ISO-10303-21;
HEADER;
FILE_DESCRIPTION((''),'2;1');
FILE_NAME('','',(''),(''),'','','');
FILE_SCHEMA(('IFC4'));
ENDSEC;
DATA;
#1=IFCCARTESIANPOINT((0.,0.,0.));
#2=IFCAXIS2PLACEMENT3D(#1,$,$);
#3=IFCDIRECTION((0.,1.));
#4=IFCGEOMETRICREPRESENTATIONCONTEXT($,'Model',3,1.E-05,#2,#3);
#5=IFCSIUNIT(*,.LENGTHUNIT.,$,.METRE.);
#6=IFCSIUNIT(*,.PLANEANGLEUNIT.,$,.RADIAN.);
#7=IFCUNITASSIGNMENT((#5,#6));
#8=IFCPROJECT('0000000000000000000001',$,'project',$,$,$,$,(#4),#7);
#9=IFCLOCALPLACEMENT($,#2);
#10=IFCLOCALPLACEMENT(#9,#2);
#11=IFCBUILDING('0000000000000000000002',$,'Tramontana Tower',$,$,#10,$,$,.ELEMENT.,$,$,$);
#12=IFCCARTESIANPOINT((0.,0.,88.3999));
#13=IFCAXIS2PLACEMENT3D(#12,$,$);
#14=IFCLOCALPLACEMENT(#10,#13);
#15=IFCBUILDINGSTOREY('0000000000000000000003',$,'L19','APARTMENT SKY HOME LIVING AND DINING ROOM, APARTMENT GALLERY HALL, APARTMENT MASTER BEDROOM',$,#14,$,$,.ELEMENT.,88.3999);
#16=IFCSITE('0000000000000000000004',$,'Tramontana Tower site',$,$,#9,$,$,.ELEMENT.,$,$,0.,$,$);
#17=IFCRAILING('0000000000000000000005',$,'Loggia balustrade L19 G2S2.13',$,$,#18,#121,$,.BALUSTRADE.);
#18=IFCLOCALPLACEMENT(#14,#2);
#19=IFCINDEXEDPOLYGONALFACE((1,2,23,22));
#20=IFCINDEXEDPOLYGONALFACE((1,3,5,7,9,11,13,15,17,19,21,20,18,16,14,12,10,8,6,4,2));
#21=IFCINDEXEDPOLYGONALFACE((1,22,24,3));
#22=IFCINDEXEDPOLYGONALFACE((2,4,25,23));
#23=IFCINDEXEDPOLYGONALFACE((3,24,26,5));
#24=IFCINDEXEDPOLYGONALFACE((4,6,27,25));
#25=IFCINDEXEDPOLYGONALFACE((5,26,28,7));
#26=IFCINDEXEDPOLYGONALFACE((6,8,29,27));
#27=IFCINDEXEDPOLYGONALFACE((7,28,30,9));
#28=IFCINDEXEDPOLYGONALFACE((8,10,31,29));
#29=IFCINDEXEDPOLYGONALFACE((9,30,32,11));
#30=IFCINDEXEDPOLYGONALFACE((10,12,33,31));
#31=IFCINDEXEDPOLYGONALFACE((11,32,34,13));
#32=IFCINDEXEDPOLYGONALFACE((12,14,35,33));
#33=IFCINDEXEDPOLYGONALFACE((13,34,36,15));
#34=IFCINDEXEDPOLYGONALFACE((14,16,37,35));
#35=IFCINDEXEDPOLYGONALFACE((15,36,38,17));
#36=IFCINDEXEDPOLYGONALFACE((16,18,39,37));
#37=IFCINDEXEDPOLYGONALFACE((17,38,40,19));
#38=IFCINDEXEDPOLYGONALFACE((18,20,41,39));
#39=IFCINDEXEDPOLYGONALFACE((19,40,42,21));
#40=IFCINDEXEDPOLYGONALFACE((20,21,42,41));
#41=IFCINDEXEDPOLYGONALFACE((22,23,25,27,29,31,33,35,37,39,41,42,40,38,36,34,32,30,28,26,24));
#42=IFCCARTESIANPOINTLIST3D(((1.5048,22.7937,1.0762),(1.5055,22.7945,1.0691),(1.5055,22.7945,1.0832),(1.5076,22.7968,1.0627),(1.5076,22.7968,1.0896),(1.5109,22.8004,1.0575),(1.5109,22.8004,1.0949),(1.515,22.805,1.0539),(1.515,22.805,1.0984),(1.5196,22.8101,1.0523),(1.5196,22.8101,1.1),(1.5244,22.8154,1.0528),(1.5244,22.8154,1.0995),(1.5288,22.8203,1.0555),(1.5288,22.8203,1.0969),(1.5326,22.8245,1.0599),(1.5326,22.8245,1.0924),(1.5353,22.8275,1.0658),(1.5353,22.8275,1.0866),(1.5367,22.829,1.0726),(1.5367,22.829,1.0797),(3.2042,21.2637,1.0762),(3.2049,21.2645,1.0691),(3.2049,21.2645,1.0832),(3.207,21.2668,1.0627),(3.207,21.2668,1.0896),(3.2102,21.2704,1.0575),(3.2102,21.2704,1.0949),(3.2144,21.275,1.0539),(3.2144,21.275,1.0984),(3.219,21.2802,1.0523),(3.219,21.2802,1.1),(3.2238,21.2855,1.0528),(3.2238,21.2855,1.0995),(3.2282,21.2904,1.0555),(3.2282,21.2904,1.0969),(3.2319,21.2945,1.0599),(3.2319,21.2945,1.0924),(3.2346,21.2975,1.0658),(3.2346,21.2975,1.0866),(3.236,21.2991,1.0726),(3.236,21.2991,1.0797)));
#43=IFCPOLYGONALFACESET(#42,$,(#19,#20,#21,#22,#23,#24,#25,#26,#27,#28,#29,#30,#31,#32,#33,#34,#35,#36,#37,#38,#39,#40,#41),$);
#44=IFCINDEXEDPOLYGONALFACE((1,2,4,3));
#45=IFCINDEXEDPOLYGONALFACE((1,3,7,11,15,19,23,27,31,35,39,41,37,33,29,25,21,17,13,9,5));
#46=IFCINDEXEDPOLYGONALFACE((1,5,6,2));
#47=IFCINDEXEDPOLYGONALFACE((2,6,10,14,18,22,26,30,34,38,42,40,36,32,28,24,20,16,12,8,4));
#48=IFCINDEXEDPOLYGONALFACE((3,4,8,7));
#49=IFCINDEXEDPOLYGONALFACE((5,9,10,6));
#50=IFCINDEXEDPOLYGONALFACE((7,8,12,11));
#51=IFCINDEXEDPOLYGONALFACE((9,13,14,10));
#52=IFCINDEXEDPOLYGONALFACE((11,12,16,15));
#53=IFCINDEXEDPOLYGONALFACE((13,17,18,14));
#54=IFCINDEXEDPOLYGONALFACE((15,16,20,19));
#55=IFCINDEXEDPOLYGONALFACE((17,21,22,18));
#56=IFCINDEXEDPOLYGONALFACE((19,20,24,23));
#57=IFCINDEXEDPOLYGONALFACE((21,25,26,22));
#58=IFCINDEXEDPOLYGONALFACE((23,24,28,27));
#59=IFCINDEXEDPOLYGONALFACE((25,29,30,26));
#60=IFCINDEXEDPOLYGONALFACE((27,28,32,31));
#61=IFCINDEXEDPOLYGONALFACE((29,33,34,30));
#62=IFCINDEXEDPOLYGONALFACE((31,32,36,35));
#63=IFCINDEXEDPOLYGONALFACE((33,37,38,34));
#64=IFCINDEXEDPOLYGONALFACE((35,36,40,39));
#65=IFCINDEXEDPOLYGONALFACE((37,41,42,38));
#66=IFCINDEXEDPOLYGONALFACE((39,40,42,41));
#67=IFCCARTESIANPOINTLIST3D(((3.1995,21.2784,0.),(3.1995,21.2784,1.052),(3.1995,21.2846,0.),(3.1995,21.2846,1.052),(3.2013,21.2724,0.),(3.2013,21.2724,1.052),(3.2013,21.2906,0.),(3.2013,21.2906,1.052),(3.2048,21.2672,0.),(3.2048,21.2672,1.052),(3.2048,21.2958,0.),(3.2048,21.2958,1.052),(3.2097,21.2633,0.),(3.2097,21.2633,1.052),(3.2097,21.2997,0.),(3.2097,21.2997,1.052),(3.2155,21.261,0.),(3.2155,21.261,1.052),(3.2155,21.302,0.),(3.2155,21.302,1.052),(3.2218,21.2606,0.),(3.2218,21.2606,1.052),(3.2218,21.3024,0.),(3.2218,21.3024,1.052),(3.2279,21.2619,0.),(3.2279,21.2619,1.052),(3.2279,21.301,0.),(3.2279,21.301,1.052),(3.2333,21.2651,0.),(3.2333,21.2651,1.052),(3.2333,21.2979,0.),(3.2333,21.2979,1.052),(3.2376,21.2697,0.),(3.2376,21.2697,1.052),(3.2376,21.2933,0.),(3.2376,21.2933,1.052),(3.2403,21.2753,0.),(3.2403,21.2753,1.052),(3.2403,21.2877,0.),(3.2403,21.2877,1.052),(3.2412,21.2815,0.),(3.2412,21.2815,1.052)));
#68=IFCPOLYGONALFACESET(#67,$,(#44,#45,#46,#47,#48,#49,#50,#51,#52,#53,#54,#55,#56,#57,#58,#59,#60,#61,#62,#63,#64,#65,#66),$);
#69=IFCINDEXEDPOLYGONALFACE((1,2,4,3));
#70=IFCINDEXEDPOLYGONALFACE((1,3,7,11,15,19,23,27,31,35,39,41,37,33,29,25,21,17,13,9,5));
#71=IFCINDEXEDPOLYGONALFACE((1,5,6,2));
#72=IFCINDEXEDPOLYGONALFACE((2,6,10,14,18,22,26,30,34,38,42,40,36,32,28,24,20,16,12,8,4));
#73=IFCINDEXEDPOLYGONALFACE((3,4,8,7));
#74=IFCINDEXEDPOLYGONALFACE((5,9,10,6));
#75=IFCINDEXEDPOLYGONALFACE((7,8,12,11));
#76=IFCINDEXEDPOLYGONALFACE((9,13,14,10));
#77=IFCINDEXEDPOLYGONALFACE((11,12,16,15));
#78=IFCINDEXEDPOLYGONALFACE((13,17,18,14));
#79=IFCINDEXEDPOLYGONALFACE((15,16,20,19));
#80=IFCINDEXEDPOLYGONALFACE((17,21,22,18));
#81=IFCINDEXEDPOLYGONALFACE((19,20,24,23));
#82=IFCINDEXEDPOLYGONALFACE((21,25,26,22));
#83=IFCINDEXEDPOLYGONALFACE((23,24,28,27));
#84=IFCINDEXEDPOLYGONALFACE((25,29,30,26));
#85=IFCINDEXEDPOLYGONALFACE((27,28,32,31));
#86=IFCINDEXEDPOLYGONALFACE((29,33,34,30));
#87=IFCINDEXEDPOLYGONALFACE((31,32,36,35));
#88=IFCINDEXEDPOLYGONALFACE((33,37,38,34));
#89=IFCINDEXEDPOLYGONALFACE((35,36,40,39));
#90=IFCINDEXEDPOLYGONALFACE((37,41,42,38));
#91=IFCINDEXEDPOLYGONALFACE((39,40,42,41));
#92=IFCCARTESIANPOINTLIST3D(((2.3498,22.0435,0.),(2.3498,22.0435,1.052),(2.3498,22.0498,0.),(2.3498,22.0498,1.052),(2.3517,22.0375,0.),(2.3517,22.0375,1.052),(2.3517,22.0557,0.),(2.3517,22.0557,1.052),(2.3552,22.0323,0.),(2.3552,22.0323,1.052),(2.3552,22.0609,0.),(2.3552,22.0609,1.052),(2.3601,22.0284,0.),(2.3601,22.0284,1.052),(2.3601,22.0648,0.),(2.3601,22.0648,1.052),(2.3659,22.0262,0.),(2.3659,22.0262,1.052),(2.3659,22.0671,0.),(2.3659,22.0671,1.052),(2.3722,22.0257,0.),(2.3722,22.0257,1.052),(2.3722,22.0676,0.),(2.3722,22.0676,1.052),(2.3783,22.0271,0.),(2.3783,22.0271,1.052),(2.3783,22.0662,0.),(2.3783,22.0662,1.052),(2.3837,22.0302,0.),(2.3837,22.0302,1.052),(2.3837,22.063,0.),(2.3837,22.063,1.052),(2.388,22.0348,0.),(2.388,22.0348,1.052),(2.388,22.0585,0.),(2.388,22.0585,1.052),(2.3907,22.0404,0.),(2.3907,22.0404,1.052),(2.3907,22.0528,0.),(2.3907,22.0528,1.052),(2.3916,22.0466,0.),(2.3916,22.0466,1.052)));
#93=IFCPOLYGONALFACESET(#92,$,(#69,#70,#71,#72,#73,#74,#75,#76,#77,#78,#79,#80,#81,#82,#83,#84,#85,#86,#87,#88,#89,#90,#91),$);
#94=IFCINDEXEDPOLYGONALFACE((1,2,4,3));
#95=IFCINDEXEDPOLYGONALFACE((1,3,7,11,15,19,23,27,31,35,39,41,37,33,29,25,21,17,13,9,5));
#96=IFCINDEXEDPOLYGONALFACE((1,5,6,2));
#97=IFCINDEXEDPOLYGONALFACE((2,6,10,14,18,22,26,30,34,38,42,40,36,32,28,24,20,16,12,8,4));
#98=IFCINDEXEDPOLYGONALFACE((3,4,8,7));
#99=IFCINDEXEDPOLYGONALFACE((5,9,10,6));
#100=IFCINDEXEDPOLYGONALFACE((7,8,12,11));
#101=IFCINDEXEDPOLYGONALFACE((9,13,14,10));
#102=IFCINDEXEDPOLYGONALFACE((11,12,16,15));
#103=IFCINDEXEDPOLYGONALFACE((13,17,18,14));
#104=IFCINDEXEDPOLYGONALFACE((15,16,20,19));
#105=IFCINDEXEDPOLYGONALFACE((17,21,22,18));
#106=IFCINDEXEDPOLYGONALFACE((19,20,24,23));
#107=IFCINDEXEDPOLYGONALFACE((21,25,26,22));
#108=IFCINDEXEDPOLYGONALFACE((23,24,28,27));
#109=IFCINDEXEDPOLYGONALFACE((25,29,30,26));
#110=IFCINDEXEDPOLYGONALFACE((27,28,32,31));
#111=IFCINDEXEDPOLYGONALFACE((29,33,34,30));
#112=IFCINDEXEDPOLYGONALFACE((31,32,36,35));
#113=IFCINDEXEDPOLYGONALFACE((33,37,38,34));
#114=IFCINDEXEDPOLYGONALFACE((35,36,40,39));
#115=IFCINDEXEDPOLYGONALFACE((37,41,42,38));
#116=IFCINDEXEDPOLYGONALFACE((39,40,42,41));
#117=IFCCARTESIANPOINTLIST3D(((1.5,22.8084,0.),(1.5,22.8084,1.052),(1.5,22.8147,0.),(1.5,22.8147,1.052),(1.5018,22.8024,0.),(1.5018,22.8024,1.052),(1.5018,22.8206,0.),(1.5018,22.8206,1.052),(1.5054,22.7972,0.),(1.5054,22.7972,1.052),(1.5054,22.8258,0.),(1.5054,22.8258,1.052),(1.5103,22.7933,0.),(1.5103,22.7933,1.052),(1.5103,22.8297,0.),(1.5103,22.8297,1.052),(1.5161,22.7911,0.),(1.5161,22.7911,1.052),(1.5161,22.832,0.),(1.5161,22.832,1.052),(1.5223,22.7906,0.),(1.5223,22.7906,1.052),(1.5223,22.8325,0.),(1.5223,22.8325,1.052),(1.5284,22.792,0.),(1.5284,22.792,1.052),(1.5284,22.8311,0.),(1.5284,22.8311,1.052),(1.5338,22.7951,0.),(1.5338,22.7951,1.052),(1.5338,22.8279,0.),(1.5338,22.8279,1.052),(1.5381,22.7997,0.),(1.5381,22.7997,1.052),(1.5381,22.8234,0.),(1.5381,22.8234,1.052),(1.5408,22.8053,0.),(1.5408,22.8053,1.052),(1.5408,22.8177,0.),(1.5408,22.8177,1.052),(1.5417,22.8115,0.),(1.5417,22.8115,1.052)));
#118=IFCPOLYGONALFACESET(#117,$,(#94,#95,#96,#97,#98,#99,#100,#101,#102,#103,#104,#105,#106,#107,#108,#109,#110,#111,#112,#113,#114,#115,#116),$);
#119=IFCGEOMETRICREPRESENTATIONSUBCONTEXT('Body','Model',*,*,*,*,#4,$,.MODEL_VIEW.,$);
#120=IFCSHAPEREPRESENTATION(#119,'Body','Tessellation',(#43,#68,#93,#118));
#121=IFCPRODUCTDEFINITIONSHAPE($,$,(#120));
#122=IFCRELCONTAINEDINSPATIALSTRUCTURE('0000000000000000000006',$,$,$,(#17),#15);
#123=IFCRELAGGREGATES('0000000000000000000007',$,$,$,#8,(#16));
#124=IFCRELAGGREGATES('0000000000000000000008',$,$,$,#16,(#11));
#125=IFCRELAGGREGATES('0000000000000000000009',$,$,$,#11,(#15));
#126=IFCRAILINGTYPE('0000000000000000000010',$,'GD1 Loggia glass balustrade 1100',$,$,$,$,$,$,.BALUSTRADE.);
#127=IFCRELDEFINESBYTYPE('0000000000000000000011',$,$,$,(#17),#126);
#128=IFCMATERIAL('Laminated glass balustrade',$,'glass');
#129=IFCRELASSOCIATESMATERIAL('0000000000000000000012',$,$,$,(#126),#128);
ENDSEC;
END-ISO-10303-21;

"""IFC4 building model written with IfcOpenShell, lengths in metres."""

from ifc_helpers import new_model, si_unit, direction, frame, origin, origin_2d, place, context, subcontext, project, spatial, circle, extrude, material, type_object, element, save


model = new_model("IFC4")

# Units and contexts
model_context = context("Model", 3, precision=1e-05, world=origin(), true_north=direction((0.0, 1.0)))
body_context = subcontext(model_context, "Body", "Model", "MODEL_VIEW")
ifc_project = project(units=[si_unit("LENGTHUNIT", "METRE"), si_unit("PLANEANGLEUNIT", "RADIAN")], contexts=[model_context])

# Site, building, storey
site_placement = place(None, origin())
site = spatial("IfcSite", under=ifc_project, at=site_placement, Name="Tramontana Tower site", CompositionType="ELEMENT", RefElevation=0.0)
building_placement = place(site_placement, origin())
building = spatial("IfcBuilding", under=site, at=building_placement, Name="Tramontana Tower", CompositionType="ELEMENT")
storey_placement = place(building_placement, frame((0.0, 0.0, 88.3999)))
storey = spatial("IfcBuildingStorey", under=building, at=storey_placement, Name="L19", Description="APARTMENT SKY HOME LIVING AND DINING ROOM, APARTMENT GALLERY HALL, APARTMENT MASTER BEDROOM", CompositionType="ELEMENT", Elevation=88.3999)

# Railing
ifc_material_1 = material(Name="Laminated glass balustrade", Category="glass")
railing_type_1 = type_object("IfcRailingType", Name="GD1 Loggia glass balustrade 1100", PredefinedType="BALUSTRADE", material=ifc_material_1)
railing_1_placement = place(storey_placement, frame((3.2202, 21.2815, 0.0)))
element("IfcRailing", 1, at=railing_1_placement, inside=storey, type_object=railing_type_1, Name="Loggia balustrade L19 G2S2.13", PredefinedType="BALUSTRADE", context=body_context, shape_type="SweptSolid", body=[
    extrude(circle(Radius=0.0239, at=origin_2d()), frame((0.0, 0.0, 1.0762), z_axis=(-0.743183, 0.669089, 0.0), x_axis=(-0.669089, -0.743183, 0.0)), (0.0, 0.0, 1.0), 2.2866),
    extrude(circle(Radius=0.021, at=origin_2d()), origin(), (0.0, 0.0, 1.0), 1.052),
    extrude(circle(Radius=0.021, at=origin_2d()), frame((-0.8496, 0.7651, 0.0)), (0.0, 0.0, 1.0), 1.052),
    extrude(circle(Radius=0.021, at=origin_2d()), frame((-1.6995, 1.53, 0.0)), (0.0, 0.0, 1.0), 1.052),
])

save(model, "model.ifc")
